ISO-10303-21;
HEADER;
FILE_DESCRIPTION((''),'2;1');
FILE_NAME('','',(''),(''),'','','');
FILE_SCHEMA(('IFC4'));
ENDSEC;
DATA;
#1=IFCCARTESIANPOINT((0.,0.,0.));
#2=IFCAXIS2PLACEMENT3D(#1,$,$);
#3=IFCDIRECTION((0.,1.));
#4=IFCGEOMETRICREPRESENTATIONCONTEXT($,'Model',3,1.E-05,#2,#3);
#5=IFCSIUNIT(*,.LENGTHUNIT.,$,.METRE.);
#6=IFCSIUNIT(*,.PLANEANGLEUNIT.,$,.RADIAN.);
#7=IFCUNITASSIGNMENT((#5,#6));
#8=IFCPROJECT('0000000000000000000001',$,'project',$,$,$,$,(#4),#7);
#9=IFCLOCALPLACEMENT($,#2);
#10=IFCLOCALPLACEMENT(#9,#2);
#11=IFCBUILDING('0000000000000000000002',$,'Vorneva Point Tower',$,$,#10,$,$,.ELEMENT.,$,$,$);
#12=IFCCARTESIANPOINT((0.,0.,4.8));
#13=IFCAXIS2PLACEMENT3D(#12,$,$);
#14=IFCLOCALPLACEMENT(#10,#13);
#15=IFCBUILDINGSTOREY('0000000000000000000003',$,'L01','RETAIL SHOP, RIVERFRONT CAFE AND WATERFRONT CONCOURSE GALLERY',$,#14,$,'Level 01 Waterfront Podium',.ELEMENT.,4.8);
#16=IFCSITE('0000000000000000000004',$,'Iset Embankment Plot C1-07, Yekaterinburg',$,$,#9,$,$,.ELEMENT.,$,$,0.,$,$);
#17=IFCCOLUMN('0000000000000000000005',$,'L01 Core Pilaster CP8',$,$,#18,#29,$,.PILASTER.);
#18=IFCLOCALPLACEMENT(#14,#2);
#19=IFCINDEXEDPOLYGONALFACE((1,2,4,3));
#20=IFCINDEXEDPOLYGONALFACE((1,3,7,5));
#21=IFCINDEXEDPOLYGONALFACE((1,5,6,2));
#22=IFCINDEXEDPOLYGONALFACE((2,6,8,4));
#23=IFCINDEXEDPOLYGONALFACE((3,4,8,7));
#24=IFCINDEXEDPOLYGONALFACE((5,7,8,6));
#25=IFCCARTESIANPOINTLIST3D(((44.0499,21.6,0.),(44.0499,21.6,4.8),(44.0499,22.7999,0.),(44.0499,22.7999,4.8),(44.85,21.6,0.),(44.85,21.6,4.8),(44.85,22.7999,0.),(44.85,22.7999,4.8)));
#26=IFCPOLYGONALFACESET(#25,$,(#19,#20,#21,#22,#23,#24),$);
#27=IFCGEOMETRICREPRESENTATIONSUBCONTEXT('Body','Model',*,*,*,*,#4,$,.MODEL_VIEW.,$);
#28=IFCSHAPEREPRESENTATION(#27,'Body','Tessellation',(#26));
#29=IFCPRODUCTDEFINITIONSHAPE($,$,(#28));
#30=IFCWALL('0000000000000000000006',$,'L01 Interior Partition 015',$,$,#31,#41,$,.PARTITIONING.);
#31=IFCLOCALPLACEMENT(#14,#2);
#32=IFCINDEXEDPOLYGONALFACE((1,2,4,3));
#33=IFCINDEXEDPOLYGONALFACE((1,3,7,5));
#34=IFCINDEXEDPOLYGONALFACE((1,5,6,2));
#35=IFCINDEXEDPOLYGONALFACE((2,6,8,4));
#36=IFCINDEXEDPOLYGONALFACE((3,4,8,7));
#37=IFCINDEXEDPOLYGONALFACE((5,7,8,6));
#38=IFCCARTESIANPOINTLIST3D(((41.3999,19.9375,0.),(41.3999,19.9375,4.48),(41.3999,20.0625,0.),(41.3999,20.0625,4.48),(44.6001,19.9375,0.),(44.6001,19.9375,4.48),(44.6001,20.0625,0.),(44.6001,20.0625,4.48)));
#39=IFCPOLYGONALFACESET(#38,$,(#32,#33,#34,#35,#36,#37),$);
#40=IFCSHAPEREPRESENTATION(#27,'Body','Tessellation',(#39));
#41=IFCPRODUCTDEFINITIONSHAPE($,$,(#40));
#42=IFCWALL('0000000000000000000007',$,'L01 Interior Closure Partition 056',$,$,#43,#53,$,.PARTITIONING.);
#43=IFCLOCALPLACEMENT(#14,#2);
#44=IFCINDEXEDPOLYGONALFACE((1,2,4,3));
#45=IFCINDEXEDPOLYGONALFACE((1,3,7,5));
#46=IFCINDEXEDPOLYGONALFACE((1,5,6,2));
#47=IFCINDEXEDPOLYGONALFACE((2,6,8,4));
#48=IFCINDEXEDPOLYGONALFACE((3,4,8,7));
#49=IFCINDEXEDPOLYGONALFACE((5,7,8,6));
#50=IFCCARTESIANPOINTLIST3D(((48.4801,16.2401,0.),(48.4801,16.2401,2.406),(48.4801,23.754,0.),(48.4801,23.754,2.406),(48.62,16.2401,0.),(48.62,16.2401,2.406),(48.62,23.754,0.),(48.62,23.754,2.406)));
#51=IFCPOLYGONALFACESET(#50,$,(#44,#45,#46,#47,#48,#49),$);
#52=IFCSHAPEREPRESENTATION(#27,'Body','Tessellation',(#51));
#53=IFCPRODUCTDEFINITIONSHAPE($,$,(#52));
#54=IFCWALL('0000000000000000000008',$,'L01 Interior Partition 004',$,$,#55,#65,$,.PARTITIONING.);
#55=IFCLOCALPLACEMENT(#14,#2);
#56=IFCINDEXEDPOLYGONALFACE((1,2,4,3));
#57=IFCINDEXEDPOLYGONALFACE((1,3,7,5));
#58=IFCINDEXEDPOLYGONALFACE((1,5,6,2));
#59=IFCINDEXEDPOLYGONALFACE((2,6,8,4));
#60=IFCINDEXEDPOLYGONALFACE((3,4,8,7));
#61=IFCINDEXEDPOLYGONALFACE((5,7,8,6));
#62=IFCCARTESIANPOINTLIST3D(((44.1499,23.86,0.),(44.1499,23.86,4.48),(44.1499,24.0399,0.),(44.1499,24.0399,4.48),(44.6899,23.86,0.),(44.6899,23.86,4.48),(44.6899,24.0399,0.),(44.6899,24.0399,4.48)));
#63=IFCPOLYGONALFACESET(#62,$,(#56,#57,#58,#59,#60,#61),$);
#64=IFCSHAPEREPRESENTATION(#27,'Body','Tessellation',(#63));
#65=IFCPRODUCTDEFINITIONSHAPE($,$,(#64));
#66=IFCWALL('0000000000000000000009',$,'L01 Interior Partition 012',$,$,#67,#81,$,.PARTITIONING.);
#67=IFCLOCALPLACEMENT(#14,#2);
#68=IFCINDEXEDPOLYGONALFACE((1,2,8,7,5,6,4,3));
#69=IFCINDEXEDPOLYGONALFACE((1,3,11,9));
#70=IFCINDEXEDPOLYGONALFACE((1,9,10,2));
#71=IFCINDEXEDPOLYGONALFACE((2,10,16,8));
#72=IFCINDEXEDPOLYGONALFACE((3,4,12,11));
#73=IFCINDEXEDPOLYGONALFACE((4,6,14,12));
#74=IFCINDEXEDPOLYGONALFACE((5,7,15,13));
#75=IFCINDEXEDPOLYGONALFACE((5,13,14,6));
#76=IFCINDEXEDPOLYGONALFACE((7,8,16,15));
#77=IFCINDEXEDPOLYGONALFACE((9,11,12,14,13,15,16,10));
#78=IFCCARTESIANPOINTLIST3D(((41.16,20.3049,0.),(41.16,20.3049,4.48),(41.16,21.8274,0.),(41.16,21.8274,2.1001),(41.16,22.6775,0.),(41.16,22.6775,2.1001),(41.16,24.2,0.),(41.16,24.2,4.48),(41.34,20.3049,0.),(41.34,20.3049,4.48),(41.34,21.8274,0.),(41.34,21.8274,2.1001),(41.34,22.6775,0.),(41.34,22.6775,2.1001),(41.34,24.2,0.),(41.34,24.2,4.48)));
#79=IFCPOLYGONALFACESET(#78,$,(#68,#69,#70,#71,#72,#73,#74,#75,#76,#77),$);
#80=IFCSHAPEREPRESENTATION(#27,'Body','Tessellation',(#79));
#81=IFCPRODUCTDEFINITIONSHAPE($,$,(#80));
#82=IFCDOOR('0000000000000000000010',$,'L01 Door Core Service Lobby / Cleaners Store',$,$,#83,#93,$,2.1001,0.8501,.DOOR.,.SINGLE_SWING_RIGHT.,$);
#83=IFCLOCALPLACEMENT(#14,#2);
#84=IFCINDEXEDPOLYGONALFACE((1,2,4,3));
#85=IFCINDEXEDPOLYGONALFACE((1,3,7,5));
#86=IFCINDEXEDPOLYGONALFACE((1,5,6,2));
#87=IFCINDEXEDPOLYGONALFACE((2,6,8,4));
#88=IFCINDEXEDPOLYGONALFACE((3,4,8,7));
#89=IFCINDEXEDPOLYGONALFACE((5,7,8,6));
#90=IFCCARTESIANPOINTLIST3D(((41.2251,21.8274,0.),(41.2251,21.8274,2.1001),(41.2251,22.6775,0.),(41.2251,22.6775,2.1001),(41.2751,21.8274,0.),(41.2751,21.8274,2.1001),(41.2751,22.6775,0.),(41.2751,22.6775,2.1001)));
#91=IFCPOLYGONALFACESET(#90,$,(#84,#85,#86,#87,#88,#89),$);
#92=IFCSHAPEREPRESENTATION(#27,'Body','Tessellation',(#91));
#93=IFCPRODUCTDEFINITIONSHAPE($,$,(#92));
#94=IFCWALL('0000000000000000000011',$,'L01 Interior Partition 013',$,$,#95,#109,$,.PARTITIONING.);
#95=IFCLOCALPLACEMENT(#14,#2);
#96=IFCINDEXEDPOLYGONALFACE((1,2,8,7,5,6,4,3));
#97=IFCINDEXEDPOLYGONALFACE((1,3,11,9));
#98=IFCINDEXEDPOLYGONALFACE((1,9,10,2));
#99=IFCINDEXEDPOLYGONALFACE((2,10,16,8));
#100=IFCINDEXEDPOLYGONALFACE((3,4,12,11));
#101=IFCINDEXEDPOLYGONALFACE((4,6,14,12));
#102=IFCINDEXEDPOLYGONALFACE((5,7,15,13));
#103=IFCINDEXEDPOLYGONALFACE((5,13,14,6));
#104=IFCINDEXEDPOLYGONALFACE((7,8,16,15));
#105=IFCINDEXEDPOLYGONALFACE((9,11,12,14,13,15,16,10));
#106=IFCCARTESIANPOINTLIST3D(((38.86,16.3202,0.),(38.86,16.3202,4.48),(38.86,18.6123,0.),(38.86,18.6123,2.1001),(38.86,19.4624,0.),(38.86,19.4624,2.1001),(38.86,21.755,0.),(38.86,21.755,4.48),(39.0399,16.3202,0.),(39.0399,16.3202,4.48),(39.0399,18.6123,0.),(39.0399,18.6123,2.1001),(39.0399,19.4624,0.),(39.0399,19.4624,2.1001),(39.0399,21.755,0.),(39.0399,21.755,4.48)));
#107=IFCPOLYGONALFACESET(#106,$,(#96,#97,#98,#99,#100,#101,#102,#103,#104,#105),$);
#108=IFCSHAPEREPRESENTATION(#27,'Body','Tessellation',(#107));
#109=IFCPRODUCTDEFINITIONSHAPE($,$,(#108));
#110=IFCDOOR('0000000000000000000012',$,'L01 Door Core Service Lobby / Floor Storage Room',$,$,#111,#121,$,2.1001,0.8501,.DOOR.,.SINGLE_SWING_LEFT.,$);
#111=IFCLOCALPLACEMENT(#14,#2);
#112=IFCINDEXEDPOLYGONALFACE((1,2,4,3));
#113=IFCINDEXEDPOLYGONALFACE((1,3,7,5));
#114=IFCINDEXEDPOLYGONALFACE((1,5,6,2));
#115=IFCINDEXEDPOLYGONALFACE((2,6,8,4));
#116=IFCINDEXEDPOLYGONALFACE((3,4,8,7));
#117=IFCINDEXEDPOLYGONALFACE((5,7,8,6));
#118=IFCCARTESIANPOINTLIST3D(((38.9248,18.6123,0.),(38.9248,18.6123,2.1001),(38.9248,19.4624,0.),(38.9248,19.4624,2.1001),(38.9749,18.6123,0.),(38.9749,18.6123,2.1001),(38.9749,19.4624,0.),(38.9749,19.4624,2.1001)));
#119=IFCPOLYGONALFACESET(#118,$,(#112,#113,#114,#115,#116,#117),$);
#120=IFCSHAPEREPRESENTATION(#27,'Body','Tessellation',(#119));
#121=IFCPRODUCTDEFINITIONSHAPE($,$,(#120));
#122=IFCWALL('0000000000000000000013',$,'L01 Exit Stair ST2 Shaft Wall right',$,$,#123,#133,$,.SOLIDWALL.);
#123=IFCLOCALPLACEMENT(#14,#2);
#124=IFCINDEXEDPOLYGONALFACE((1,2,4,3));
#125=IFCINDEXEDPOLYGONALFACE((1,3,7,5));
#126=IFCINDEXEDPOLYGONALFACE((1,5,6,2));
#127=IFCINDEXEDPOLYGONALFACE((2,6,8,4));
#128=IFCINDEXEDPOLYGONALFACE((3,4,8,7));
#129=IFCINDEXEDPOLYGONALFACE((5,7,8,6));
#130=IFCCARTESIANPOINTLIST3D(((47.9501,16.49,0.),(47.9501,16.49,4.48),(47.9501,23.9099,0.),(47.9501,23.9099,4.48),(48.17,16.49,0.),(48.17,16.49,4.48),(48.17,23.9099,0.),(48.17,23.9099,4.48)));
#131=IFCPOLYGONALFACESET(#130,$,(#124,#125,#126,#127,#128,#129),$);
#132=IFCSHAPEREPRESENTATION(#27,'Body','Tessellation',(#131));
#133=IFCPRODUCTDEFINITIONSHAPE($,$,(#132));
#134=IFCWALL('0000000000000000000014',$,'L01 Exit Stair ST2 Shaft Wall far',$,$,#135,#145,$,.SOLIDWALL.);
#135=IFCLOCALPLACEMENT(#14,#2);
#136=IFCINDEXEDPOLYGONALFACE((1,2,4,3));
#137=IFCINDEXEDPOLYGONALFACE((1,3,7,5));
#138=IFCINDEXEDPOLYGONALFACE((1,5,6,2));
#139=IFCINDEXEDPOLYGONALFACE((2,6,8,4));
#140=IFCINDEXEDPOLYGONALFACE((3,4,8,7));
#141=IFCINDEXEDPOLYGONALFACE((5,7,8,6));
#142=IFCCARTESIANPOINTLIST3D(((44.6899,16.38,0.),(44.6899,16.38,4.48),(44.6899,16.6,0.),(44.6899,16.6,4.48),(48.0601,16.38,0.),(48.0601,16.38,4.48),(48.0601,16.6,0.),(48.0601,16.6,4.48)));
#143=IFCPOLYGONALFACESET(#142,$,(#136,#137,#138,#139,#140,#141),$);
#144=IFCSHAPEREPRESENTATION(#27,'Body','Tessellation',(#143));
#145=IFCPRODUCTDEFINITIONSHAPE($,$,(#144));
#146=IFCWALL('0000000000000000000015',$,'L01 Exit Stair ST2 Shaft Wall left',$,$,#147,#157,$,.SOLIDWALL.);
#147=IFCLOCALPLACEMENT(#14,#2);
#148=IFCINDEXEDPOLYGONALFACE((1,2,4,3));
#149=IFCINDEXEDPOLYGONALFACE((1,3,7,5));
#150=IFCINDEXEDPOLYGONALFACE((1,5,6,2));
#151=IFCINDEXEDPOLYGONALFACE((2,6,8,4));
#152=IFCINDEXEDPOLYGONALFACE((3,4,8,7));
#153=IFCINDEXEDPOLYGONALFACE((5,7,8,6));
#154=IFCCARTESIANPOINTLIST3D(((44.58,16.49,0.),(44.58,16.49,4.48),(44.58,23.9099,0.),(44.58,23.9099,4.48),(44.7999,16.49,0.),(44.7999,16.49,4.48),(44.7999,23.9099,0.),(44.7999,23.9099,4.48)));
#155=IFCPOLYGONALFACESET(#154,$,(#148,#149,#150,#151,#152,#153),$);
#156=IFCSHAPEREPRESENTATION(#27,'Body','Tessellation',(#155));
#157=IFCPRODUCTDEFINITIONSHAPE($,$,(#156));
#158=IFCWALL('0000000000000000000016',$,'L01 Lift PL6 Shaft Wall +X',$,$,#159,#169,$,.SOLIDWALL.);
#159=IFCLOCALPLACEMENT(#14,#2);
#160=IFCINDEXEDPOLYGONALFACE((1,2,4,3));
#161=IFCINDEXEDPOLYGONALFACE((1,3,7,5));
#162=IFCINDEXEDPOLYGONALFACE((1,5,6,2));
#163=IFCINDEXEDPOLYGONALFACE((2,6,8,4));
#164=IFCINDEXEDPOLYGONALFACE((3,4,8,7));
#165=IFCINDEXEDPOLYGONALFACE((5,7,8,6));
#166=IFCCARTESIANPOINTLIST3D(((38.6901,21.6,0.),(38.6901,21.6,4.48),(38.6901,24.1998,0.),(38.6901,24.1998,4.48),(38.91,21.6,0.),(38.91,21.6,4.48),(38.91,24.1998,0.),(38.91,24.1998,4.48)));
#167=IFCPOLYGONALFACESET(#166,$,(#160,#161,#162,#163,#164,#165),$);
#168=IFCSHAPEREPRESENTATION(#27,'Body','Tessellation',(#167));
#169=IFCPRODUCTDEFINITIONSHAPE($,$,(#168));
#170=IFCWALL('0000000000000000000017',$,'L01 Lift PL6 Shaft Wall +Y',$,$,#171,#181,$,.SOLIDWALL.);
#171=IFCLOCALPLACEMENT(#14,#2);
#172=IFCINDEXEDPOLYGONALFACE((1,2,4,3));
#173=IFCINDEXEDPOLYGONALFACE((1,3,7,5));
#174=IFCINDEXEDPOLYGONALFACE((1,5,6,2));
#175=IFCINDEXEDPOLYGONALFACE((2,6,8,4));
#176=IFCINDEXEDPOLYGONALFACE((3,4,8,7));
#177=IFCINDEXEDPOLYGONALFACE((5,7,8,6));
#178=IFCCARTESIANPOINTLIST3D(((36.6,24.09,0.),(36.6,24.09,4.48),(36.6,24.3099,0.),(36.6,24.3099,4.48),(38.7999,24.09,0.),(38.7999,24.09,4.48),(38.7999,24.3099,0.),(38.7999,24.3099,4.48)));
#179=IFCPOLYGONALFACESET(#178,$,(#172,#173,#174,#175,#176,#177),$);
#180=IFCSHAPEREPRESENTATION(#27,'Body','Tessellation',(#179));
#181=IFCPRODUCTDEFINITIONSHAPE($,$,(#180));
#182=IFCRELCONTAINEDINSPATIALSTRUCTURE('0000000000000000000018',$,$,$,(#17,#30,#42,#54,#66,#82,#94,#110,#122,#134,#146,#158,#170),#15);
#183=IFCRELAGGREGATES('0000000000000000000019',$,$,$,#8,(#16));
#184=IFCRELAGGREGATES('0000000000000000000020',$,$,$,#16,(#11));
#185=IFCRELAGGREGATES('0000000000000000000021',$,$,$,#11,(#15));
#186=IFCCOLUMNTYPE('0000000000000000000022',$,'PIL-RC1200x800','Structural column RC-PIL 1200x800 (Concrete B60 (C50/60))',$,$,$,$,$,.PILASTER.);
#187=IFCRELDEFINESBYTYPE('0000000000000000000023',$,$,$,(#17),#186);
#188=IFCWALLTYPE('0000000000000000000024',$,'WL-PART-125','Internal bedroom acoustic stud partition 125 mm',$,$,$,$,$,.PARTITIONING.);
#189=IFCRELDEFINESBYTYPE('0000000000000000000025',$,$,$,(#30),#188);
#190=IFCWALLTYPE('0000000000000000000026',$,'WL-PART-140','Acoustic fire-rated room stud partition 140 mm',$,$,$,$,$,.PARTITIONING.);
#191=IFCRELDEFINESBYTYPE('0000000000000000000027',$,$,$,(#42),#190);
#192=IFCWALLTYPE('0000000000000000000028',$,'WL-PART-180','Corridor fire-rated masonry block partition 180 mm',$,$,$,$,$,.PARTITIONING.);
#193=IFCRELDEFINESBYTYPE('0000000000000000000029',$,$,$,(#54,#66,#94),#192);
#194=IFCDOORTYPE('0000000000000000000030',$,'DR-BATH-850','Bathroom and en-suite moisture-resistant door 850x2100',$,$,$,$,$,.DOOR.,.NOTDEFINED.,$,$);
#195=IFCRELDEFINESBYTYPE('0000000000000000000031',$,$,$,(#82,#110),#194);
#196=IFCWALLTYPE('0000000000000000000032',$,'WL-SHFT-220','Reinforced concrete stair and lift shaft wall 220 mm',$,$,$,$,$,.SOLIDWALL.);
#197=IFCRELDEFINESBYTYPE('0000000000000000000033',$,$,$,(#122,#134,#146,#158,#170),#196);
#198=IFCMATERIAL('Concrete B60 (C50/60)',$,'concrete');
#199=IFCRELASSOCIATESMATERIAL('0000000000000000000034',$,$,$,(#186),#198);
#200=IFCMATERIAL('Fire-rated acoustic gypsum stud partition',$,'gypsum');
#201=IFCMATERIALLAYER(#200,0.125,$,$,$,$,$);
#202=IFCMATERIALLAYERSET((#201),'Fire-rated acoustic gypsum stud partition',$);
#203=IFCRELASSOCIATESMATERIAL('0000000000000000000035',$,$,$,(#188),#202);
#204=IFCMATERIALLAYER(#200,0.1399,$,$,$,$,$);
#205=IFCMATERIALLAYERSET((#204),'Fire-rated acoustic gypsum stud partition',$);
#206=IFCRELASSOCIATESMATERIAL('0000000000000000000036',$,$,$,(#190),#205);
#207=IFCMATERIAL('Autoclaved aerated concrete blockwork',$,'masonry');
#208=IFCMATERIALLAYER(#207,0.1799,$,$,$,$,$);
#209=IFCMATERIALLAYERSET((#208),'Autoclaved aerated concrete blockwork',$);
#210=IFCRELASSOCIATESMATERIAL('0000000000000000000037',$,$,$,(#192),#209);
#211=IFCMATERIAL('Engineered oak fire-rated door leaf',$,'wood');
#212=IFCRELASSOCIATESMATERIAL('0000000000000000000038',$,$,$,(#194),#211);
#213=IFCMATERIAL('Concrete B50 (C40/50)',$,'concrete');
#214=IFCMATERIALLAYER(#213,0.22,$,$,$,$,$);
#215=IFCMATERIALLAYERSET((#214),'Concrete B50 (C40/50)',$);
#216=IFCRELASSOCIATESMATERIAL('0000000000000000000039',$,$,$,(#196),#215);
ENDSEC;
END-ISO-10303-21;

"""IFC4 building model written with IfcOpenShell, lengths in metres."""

from ifc_helpers import new_model, si_unit, direction, frame, frame_2d, origin, origin_2d, place, context, subcontext, project, spatial, rectangle, extrude, material, layer, layer_set, material_profile, profile_set, type_object, element, fill, save


model = new_model("IFC4")

# Units and contexts
model_context = context("Model", 3, precision=1e-05, world=origin(), true_north=direction((0.0, 1.0)))
body_context = subcontext(model_context, "Body", "Model", "MODEL_VIEW")
ifc_project = project(units=[si_unit("LENGTHUNIT", "METRE"), si_unit("PLANEANGLEUNIT", "RADIAN")], contexts=[model_context])

# Site, building, storey
site_placement = place(None, origin())
site = spatial("IfcSite", under=ifc_project, at=site_placement, Name="Iset Embankment Plot C1-07, Yekaterinburg", CompositionType="ELEMENT", RefElevation=0.0)
building_placement = place(site_placement, origin())
building = spatial("IfcBuilding", under=site, at=building_placement, Name="Vorneva Point Tower", CompositionType="ELEMENT")
storey_placement = place(building_placement, frame((0.0, 0.0, 4.8)))
storey = spatial("IfcBuildingStorey", under=building, at=storey_placement, Name="L01", Description="RETAIL SHOP, RIVERFRONT CAFE AND WATERFRONT CONCOURSE GALLERY", LongName="Level 01 Waterfront Podium", CompositionType="ELEMENT", Elevation=4.8)

# Column
ifc_material_1 = material(Name="Concrete B60 (C50/60)", Category="concrete")
ifc_material_profile = material_profile(ifc_material_1, rectangle(XDim=0.8, YDim=1.2, at=origin_2d()), Name="RC-PIL 1200x800")
ifc_profile_set = profile_set([ifc_material_profile], Name="Concrete B60 (C50/60)")
column_type = type_object("IfcColumnType", Name="PIL-RC1200x800", Description="Structural column RC-PIL 1200x800 (Concrete B60 (C50/60))", PredefinedType="PILASTER", material=ifc_profile_set)
column_placement = place(storey_placement, frame((44.45, 22.2, 0.0), z_axis=(0.0, 0.0, 1.0), x_axis=(1.0, 0.0, 0.0)))
element("IfcColumn", 1, at=column_placement, inside=storey, type_object=column_type, Name="L01 Core Pilaster CP8", PredefinedType="PILASTER", context=body_context, shape_type="SweptSolid", body=[
    extrude(rectangle(XDim=0.8, YDim=1.2, at=origin_2d()), origin(), (0.0, 0.0, 1.0), 4.8),
])

# Walls
ifc_material_2 = material(Name="Fire-rated acoustic gypsum stud partition", Category="gypsum")
ifc_layer_1 = layer(ifc_material_2, 0.125)
ifc_layer_set_1 = layer_set([ifc_layer_1], Name="Fire-rated acoustic gypsum stud partition")
wall_type_1 = type_object("IfcWallType", Name="WL-PART-125", Description="Internal bedroom acoustic stud partition 125 mm", PredefinedType="PARTITIONING", material=ifc_layer_set_1)
wall_1_placement = place(storey_placement, frame((44.6001, 20.0, 0.0), z_axis=(0.0, 0.0, 1.0), x_axis=(-1.0, 0.0, 0.0)))
element("IfcWall", 2, at=wall_1_placement, inside=storey, type_object=wall_type_1, Name="L01 Interior Partition 015", PredefinedType="PARTITIONING", context=body_context, shape_type="SweptSolid", body=[
    extrude(rectangle(XDim=3.2002, YDim=0.125, at=frame_2d((1.6001, 0.0))), origin(), (0.0, 0.0, 1.0), 4.48),
])
ifc_layer_2 = layer(ifc_material_2, 0.1399)
ifc_layer_set_2 = layer_set([ifc_layer_2], Name="Fire-rated acoustic gypsum stud partition")
wall_type_2 = type_object("IfcWallType", Name="WL-PART-140", Description="Acoustic fire-rated room stud partition 140 mm", PredefinedType="PARTITIONING", material=ifc_layer_set_2)
wall_2_placement = place(storey_placement, frame((48.55, 23.7539, 0.0), z_axis=(0.0, 0.0, 1.0), x_axis=(0.0, -1.0, 0.0)))
element("IfcWall", 3, at=wall_2_placement, inside=storey, type_object=wall_type_2, Name="L01 Interior Closure Partition 056", PredefinedType="PARTITIONING", context=body_context, shape_type="SweptSolid", body=[
    extrude(rectangle(XDim=7.5139, YDim=0.1399, at=frame_2d((3.7568, 0.0))), origin(), (0.0, 0.0, 1.0), 2.406),
])
ifc_material_3 = material(Name="Autoclaved aerated concrete blockwork", Category="masonry")
ifc_layer_3 = layer(ifc_material_3, 0.1799)
ifc_layer_set_3 = layer_set([ifc_layer_3], Name="Autoclaved aerated concrete blockwork")
wall_type_3 = type_object("IfcWallType", Name="WL-PART-180", Description="Corridor fire-rated masonry block partition 180 mm", PredefinedType="PARTITIONING", material=ifc_layer_set_3)
wall_3_placement = place(storey_placement, frame((44.1499, 23.95, 0.0), z_axis=(0.0, 0.0, 1.0), x_axis=(1.0, 0.0, 0.0)))
element("IfcWall", 4, at=wall_3_placement, inside=storey, type_object=wall_type_3, Name="L01 Interior Partition 004", PredefinedType="PARTITIONING", context=body_context, shape_type="SweptSolid", body=[
    extrude(rectangle(XDim=0.54, YDim=0.1799, at=frame_2d((0.27, 0.0))), origin(), (0.0, 0.0, 1.0), 4.48),
])

# Walls, openings, doors
wall_4_placement = place(storey_placement, frame((41.25, 20.3049, 0.0), z_axis=(0.0, 0.0, 1.0), x_axis=(0.0, 1.0, 0.0)))
wall_4 = element("IfcWall", 5, at=wall_4_placement, inside=storey, type_object=wall_type_3, Name="L01 Interior Partition 012", PredefinedType="PARTITIONING", context=body_context, shape_type="SweptSolid", body=[
    extrude(rectangle(XDim=3.895, YDim=0.1799, at=frame_2d((1.9475, 0.0))), origin(), (0.0, 0.0, 1.0), 4.48),
])
opening_1_placement = place(wall_4_placement, frame((1.5225, 0.0, 0.0)))
opening_1 = element("IfcOpeningElement", 6, at=opening_1_placement, cuts=wall_4, PredefinedType="OPENING", context=body_context, shape_type="SweptSolid", body=[
    extrude(rectangle(XDim=0.8501, YDim=2.1001, at=frame_2d((0.425, 1.05))), frame((0.0, 0.105, 0.0), z_axis=(0.0, -1.0, 0.0), x_axis=(1.0, 0.0, 0.0)), (0.0, 0.0, 1.0), 0.2097),
])
ifc_material_4 = material(Name="Engineered oak fire-rated door leaf", Category="wood")
door_type_1 = type_object("IfcDoorType", Name="DR-BATH-850", Description="Bathroom and en-suite moisture-resistant door 850x2100", OperationType="NOTDEFINED", PredefinedType="DOOR", material=ifc_material_4)
door_1_placement = place(opening_1_placement, origin())
door_1 = element("IfcDoor", 7, at=door_1_placement, inside=storey, type_object=door_type_1, Name="L01 Door Core Service Lobby / Cleaners Store", OperationType="SINGLE_SWING_RIGHT", OverallHeight=2.1001, OverallWidth=0.8501, PredefinedType="DOOR", context=body_context, shape_type="SweptSolid", body=[
    extrude(rectangle(XDim=0.8501, YDim=2.1001, at=frame_2d((0.425, 1.05))), frame((0.0, 0.0249, 0.0), z_axis=(0.0, -1.0, 0.0), x_axis=(1.0, 0.0, 0.0)), (0.0, 0.0, 1.0), 0.05),
])
fill(opening_1, door_1)
wall_5_placement = place(storey_placement, frame((38.95, 21.7549, 0.0), z_axis=(0.0, 0.0, 1.0), x_axis=(0.0, -1.0, 0.0)))
wall_5 = element("IfcWall", 8, at=wall_5_placement, inside=storey, type_object=wall_type_3, Name="L01 Interior Partition 013", PredefinedType="PARTITIONING", context=body_context, shape_type="SweptSolid", body=[
    extrude(rectangle(XDim=5.4348, YDim=0.1799, at=frame_2d((2.7173, 0.0))), origin(), (0.0, 0.0, 1.0), 4.48),
])
opening_2_placement = place(wall_5_placement, frame((2.2925, 0.0, 0.0)))
opening_2 = element("IfcOpeningElement", 9, at=opening_2_placement, cuts=wall_5, PredefinedType="OPENING", context=body_context, shape_type="SweptSolid", body=[
    extrude(rectangle(XDim=0.8501, YDim=2.1001, at=frame_2d((0.425, 1.05))), frame((0.0, 0.105, 0.0), z_axis=(0.0, -1.0, 0.0), x_axis=(1.0, 0.0, 0.0)), (0.0, 0.0, 1.0), 0.2097),
])
door_2_placement = place(opening_2_placement, origin())
door_2 = element("IfcDoor", 10, at=door_2_placement, inside=storey, type_object=door_type_1, Name="L01 Door Core Service Lobby / Floor Storage Room", OperationType="SINGLE_SWING_LEFT", OverallHeight=2.1001, OverallWidth=0.8501, PredefinedType="DOOR", context=body_context, shape_type="SweptSolid", body=[
    extrude(rectangle(XDim=0.8501, YDim=2.1001, at=frame_2d((0.425, 1.05))), frame((0.0, 0.0249, 0.0), z_axis=(0.0, -1.0, 0.0), x_axis=(1.0, 0.0, 0.0)), (0.0, 0.0, 1.0), 0.05),
])
fill(opening_2, door_2)
ifc_material_5 = material(Name="Concrete B50 (C40/50)", Category="concrete")
ifc_layer_4 = layer(ifc_material_5, 0.22)
ifc_layer_set_4 = layer_set([ifc_layer_4], Name="Concrete B50 (C40/50)")
wall_type_4 = type_object("IfcWallType", Name="WL-SHFT-220", Description="Reinforced concrete stair and lift shaft wall 220 mm", PredefinedType="SOLIDWALL", material=ifc_layer_set_4)

# Walls
wall_6_placement = place(storey_placement, frame((48.0601, 23.9099, 0.0), z_axis=(0.0, 0.0, 1.0), x_axis=(0.0, -1.0, 0.0)))
element("IfcWall", 11, at=wall_6_placement, inside=storey, type_object=wall_type_4, Name="L01 Exit Stair ST2 Shaft Wall right", PredefinedType="SOLIDWALL", context=body_context, shape_type="SweptSolid", body=[
    extrude(rectangle(XDim=7.4199, YDim=0.22, at=frame_2d((3.71, 0.0))), origin(), (0.0, 0.0, 1.0), 4.48),
])
wall_7_placement = place(storey_placement, frame((48.0601, 16.49, 0.0), z_axis=(0.0, 0.0, 1.0), x_axis=(-1.0, 0.0, 0.0)))
element("IfcWall", 12, at=wall_7_placement, inside=storey, type_object=wall_type_4, Name="L01 Exit Stair ST2 Shaft Wall far", PredefinedType="SOLIDWALL", context=body_context, shape_type="SweptSolid", body=[
    extrude(rectangle(XDim=3.3701, YDim=0.22, at=frame_2d((1.6851, 0.0))), origin(), (0.0, 0.0, 1.0), 4.48),
])
wall_8_placement = place(storey_placement, frame((44.6899, 16.49, 0.0), z_axis=(0.0, 0.0, 1.0), x_axis=(0.0, 1.0, 0.0)))
element("IfcWall", 13, at=wall_8_placement, inside=storey, type_object=wall_type_4, Name="L01 Exit Stair ST2 Shaft Wall left", PredefinedType="SOLIDWALL", context=body_context, shape_type="SweptSolid", body=[
    extrude(rectangle(XDim=7.4199, YDim=0.22, at=frame_2d((3.71, 0.0))), origin(), (0.0, 0.0, 1.0), 4.48),
])
wall_9_placement = place(storey_placement, frame((38.8, 21.6001, 0.0), z_axis=(0.0, 0.0, 1.0), x_axis=(0.0, 1.0, 0.0)))
element("IfcWall", 14, at=wall_9_placement, inside=storey, type_object=wall_type_4, Name="L01 Lift PL6 Shaft Wall +X", PredefinedType="SOLIDWALL", context=body_context, shape_type="SweptSolid", body=[
    extrude(rectangle(XDim=2.5999, YDim=0.22, at=frame_2d((1.2998, 0.0))), origin(), (0.0, 0.0, 1.0), 4.48),
])
wall_10_placement = place(storey_placement, frame((38.8, 24.2, 0.0), z_axis=(0.0, 0.0, 1.0), x_axis=(-1.0, 0.0, 0.0)))
element("IfcWall", 15, at=wall_10_placement, inside=storey, type_object=wall_type_4, Name="L01 Lift PL6 Shaft Wall +Y", PredefinedType="SOLIDWALL", context=body_context, shape_type="SweptSolid", body=[
    extrude(rectangle(XDim=2.2, YDim=0.22, at=frame_2d((1.1001, 0.0))), origin(), (0.0, 0.0, 1.0), 4.48),
])

save(model, "model.ifc")
